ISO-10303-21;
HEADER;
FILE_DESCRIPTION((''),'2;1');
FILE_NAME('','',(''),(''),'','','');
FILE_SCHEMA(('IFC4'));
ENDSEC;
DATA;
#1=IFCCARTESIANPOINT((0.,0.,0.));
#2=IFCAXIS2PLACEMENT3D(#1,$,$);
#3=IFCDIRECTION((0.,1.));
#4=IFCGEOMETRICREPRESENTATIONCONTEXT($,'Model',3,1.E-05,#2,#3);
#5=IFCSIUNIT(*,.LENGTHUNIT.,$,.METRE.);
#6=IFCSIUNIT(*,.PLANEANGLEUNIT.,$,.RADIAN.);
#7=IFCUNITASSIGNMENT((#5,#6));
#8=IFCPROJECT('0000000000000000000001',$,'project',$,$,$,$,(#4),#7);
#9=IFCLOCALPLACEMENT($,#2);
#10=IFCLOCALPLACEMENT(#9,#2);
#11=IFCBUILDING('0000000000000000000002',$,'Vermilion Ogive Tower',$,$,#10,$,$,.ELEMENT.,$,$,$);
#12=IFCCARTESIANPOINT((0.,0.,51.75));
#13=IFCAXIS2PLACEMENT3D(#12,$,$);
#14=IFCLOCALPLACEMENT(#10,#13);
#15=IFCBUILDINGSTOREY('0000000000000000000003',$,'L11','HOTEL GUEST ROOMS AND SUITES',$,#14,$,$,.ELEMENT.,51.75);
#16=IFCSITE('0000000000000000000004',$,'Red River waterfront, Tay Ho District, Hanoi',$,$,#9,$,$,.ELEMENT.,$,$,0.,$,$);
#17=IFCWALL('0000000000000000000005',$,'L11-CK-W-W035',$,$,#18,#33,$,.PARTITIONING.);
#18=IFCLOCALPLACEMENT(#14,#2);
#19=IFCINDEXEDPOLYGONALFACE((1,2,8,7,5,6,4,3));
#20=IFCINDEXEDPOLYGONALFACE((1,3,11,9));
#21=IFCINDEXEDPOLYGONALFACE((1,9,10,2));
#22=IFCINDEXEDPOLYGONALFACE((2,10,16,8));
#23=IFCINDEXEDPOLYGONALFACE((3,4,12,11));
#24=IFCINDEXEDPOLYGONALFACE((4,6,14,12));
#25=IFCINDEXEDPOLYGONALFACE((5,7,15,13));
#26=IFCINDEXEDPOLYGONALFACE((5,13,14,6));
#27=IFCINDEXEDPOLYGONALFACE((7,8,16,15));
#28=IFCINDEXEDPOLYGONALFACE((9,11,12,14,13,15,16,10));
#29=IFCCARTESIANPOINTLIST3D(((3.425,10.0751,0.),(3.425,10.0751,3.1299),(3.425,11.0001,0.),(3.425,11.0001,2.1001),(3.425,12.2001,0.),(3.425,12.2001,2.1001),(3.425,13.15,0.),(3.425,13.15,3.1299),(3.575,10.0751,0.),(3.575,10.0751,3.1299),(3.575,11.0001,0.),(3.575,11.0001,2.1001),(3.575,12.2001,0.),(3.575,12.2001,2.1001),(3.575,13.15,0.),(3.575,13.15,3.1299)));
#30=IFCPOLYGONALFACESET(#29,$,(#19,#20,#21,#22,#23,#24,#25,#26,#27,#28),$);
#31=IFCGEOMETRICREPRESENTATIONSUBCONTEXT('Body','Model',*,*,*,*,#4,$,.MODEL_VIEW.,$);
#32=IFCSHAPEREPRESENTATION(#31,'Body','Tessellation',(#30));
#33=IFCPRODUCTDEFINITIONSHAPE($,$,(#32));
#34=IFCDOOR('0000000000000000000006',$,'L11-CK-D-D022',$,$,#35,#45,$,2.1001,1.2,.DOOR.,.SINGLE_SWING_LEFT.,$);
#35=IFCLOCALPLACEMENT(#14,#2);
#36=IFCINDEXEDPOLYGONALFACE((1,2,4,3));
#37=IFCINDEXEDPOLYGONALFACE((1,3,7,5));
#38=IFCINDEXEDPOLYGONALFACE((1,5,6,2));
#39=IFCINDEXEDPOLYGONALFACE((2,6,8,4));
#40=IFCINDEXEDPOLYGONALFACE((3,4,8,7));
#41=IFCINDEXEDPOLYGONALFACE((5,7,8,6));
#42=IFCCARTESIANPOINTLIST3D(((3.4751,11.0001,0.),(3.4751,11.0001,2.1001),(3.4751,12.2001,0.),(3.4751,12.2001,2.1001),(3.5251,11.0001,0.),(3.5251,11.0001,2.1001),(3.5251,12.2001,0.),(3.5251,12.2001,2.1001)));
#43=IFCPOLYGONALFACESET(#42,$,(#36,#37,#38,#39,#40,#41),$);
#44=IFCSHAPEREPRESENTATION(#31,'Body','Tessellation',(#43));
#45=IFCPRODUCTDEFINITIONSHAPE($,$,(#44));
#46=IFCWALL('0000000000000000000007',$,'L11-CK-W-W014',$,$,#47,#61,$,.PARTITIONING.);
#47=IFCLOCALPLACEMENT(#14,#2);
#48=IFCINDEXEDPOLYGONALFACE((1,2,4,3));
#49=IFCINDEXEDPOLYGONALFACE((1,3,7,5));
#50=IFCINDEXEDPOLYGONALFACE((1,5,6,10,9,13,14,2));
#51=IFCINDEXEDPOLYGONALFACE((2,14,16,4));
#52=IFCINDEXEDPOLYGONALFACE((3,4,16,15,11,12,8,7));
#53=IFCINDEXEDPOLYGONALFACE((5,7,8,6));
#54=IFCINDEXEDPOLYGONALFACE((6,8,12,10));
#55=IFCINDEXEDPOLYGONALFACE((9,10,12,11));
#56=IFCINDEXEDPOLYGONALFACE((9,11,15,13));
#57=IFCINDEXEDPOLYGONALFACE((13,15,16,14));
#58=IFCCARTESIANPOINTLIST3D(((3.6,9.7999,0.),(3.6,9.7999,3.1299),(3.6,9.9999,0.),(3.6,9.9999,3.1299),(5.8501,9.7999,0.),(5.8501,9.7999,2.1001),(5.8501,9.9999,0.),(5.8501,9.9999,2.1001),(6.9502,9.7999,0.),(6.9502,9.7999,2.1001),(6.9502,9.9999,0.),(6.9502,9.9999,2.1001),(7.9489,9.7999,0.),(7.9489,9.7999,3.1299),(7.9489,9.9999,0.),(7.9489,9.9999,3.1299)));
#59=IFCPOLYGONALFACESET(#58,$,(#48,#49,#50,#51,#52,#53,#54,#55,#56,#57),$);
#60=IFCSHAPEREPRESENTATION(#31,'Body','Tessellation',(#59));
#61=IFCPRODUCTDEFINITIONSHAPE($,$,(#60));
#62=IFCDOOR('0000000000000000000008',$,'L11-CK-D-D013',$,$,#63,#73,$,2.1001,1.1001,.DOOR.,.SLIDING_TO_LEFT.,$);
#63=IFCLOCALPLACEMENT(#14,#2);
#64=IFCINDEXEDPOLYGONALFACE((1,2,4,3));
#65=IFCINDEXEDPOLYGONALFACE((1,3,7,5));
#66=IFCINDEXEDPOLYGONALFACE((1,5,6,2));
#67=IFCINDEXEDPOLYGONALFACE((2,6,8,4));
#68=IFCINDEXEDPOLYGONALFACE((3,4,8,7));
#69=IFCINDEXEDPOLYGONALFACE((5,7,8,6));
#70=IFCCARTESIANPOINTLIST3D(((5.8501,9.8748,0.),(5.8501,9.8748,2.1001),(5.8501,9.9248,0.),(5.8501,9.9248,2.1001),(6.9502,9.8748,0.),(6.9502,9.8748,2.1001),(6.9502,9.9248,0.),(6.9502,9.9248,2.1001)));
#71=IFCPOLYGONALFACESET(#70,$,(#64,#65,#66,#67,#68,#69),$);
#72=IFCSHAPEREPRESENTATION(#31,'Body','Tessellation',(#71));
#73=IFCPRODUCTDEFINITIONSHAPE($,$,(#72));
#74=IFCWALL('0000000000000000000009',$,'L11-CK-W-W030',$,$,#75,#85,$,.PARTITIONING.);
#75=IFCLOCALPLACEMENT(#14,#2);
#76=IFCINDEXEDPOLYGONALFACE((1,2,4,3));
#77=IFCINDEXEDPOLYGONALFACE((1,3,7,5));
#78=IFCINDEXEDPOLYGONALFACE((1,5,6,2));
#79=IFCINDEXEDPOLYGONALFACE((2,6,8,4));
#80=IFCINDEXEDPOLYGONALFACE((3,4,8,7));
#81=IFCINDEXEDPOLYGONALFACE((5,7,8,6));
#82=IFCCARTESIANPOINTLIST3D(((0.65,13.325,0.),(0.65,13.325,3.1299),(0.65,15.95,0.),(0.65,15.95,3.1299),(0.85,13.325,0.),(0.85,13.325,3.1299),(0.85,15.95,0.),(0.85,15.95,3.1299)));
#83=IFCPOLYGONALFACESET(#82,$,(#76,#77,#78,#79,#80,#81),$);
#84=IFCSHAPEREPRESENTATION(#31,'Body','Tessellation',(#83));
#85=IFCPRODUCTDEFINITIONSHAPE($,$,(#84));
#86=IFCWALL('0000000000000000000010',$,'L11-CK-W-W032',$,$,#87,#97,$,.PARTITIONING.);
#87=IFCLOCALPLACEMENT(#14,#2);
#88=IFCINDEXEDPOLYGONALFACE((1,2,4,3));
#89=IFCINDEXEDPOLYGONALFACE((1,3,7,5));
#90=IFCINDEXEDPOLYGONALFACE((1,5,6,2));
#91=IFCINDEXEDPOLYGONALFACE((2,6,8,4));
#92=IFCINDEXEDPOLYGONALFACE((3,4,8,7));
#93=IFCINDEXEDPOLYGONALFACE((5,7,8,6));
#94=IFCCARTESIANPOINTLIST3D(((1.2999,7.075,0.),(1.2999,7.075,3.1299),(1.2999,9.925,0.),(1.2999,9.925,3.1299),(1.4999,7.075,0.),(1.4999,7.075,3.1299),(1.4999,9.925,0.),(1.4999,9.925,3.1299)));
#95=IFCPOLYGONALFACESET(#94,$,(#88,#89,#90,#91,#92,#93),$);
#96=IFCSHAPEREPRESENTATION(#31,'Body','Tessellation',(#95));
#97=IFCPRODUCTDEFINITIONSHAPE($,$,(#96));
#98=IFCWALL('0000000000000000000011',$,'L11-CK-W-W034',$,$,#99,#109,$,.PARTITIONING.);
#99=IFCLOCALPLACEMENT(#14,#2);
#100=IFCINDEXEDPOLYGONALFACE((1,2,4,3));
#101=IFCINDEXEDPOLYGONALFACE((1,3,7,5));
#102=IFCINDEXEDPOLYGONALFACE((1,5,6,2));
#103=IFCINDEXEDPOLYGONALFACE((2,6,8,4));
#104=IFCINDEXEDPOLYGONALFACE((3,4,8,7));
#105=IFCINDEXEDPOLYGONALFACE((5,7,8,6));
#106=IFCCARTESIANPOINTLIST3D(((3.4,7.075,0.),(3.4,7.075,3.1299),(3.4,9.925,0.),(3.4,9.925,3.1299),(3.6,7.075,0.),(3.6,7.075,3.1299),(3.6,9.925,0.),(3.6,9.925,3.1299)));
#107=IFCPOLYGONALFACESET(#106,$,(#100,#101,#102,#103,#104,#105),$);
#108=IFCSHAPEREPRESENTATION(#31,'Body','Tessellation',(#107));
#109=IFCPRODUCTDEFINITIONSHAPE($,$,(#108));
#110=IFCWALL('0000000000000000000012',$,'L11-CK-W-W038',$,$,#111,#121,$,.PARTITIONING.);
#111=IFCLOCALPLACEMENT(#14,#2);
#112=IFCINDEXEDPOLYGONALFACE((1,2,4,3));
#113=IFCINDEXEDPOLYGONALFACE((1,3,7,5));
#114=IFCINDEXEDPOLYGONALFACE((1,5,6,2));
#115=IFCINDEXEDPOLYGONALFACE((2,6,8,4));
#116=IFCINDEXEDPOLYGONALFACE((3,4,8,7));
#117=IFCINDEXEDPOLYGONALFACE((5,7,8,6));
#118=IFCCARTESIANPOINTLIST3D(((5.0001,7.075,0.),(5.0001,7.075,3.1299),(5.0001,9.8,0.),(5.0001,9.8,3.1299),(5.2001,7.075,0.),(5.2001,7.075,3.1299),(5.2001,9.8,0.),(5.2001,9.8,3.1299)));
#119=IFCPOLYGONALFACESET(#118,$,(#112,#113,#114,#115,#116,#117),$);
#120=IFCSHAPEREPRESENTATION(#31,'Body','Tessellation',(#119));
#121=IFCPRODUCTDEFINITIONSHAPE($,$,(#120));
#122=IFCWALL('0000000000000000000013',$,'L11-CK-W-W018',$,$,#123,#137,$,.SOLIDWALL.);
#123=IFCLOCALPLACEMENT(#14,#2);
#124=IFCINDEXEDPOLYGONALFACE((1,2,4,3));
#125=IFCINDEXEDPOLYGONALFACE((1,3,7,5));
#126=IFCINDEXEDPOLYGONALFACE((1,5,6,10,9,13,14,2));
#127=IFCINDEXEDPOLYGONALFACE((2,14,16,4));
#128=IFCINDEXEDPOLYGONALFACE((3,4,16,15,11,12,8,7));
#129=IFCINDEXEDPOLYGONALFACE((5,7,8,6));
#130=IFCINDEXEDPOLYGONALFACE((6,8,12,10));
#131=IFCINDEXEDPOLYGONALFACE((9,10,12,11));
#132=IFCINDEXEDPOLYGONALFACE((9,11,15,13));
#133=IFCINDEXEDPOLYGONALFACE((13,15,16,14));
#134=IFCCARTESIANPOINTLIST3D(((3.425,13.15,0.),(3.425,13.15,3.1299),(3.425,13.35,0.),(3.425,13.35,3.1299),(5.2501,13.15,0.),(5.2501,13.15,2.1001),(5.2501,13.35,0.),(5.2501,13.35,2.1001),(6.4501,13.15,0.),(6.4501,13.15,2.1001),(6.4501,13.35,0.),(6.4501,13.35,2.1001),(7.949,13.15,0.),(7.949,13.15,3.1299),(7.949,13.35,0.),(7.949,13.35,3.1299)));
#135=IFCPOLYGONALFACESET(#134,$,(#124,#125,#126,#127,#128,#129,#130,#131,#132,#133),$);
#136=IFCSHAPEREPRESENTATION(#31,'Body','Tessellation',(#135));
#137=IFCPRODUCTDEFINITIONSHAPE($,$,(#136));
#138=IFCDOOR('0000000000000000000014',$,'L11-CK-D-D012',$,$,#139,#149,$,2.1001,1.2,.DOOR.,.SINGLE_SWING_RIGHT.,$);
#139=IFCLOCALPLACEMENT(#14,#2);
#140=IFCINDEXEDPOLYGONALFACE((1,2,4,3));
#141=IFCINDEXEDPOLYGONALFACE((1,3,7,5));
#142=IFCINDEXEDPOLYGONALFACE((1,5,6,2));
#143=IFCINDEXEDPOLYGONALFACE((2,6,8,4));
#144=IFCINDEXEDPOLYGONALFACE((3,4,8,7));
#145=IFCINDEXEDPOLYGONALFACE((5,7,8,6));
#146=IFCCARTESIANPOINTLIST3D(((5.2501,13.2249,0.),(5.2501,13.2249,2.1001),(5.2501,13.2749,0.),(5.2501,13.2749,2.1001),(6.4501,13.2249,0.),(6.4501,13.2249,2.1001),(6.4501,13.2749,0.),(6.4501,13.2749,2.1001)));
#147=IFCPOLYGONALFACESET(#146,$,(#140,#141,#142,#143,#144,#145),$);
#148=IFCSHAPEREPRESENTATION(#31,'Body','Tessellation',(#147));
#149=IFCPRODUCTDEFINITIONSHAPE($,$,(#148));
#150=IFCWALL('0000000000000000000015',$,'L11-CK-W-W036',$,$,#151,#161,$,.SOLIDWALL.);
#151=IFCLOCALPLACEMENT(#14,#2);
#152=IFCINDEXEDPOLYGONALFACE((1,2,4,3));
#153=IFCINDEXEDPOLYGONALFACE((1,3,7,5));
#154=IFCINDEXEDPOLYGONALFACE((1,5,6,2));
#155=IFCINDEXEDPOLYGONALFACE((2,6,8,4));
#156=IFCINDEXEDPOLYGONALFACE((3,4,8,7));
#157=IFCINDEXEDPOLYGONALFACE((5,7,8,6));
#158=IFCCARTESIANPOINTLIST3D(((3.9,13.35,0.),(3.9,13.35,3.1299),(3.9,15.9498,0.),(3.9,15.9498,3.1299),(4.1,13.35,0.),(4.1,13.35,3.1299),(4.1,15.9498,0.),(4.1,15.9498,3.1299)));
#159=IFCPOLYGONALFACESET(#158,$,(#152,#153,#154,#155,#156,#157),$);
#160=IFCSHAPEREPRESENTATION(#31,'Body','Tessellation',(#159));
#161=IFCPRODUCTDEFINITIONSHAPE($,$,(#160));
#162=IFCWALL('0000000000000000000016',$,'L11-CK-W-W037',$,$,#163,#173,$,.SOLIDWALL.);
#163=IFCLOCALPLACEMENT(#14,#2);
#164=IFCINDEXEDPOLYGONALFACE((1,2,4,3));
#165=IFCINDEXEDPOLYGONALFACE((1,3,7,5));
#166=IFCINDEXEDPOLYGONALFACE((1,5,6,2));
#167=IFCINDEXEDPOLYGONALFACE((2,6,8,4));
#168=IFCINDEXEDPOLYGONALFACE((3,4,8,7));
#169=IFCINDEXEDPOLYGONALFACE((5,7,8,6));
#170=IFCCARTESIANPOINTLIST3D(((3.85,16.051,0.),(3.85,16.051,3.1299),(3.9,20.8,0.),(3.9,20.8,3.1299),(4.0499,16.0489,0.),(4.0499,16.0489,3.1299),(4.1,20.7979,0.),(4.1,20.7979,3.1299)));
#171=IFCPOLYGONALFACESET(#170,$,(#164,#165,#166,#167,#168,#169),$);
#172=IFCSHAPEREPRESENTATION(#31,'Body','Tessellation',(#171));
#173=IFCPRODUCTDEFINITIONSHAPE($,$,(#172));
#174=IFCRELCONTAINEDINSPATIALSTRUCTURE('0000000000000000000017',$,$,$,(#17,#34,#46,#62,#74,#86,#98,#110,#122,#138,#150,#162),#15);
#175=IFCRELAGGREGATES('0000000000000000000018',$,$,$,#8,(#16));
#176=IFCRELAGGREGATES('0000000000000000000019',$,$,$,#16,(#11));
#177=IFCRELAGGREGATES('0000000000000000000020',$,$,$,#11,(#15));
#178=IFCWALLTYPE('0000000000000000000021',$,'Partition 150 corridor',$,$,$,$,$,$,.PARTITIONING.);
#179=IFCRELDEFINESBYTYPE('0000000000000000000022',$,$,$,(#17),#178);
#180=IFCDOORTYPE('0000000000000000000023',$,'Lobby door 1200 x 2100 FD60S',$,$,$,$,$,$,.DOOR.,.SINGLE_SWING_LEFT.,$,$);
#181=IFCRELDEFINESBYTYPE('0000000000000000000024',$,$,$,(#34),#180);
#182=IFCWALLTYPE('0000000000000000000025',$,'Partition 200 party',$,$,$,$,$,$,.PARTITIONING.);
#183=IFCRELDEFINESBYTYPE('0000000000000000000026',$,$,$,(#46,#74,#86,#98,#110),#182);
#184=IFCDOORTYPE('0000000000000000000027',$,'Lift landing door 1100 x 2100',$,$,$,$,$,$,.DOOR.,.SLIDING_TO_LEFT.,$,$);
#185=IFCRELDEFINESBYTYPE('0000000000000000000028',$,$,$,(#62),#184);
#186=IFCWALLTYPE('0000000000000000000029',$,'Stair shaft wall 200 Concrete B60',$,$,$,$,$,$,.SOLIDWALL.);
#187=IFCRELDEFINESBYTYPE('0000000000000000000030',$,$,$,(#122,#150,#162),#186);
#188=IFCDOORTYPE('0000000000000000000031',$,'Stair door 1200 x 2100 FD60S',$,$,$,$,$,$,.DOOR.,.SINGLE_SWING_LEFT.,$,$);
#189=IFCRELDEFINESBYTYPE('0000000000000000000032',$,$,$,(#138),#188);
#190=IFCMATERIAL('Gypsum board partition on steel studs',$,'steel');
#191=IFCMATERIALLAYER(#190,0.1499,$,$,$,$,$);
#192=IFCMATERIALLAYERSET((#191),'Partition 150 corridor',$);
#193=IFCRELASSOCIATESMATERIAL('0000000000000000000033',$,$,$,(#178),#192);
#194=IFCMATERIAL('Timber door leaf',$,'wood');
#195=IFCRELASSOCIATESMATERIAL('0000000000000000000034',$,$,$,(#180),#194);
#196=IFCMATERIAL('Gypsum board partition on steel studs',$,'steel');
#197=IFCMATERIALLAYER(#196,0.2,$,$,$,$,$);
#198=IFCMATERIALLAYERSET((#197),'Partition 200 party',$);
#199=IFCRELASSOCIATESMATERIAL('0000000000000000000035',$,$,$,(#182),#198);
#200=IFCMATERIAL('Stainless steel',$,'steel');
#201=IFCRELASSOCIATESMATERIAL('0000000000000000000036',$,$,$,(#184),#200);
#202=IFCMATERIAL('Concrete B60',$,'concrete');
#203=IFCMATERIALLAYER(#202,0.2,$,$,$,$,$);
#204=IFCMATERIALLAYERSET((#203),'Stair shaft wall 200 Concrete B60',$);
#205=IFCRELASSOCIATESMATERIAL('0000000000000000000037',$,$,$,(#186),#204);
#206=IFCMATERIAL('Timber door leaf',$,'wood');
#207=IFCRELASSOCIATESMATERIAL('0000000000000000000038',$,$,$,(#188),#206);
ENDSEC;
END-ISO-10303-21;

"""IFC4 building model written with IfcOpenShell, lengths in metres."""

from ifc_helpers import new_model, si_unit, direction, frame, frame_2d, origin, place, context, subcontext, project, spatial, rectangle, extrude, material, layer, layer_set, type_object, element, fill, save


model = new_model("IFC4")

# Units and contexts
model_context = context("Model", 3, precision=1e-05, world=origin(), true_north=direction((0.0, 1.0)))
body_context = subcontext(model_context, "Body", "Model", "MODEL_VIEW")
ifc_project = project(units=[si_unit("LENGTHUNIT", "METRE"), si_unit("PLANEANGLEUNIT", "RADIAN")], contexts=[model_context])

# Site, building, storey
site_placement = place(None, origin())
site = spatial("IfcSite", under=ifc_project, at=site_placement, Name="Red River waterfront, Tay Ho District, Hanoi", CompositionType="ELEMENT", RefElevation=0.0)
building_placement = place(site_placement, origin())
building = spatial("IfcBuilding", under=site, at=building_placement, Name="Vermilion Ogive Tower", CompositionType="ELEMENT")
storey_placement = place(building_placement, frame((0.0, 0.0, 51.75)))
storey = spatial("IfcBuildingStorey", under=building, at=storey_placement, Name="L11", Description="HOTEL GUEST ROOMS AND SUITES", CompositionType="ELEMENT", Elevation=51.75)

# Shared definitions
ifc_material_1 = material(Name="Gypsum board partition on steel studs", Category="steel")
ifc_layer_1 = layer(ifc_material_1, 0.1499)
ifc_layer_set_1 = layer_set([ifc_layer_1], Name="Partition 150 corridor")
wall_type_1 = type_object("IfcWallType", Name="Partition 150 corridor", PredefinedType="PARTITIONING", material=ifc_layer_set_1)

# Walls, openings, doors
wall_1_placement = place(storey_placement, frame((3.5, 10.075, 0.0), z_axis=(0.0, 0.0, 1.0), x_axis=(0.0, 1.0, 0.0)))
wall_1 = element("IfcWall", 1, at=wall_1_placement, inside=storey, type_object=wall_type_1, Name="L11-CK-W-W035", PredefinedType="PARTITIONING", context=body_context, shape_type="SweptSolid", body=[
    extrude(rectangle(XDim=3.075, YDim=0.1499, at=frame_2d((1.5376, 0.0))), origin(), (0.0, 0.0, 1.0), 3.1299),
])
opening_1_placement = place(wall_1_placement, frame((0.925, 0.0, 0.0)))
opening_1 = element("IfcOpeningElement", 2, at=opening_1_placement, cuts=wall_1, PredefinedType="OPENING", context=body_context, shape_type="SweptSolid", body=[
    extrude(rectangle(XDim=1.2, YDim=2.1001, at=frame_2d((0.6001, 1.05))), frame((0.0, 0.085, 0.0), z_axis=(0.0, -1.0, 0.0), x_axis=(1.0, 0.0, 0.0)), (0.0, 0.0, 1.0), 0.1699),
])
ifc_material_2 = material(Name="Timber door leaf", Category="wood")
door_type_1 = type_object("IfcDoorType", Name="Lobby door 1200 x 2100 FD60S", OperationType="SINGLE_SWING_LEFT", PredefinedType="DOOR", material=ifc_material_2)
door_1_placement = place(opening_1_placement, origin())
door_1 = element("IfcDoor", 3, at=door_1_placement, inside=storey, type_object=door_type_1, Name="L11-CK-D-D022", OperationType="SINGLE_SWING_LEFT", OverallHeight=2.1001, OverallWidth=1.2, PredefinedType="DOOR", context=body_context, shape_type="SweptSolid", body=[
    extrude(rectangle(XDim=1.2, YDim=2.1001, at=frame_2d((0.6001, 1.05))), frame((0.0, 0.0249, 0.0), z_axis=(0.0, -1.0, 0.0), x_axis=(1.0, 0.0, 0.0)), (0.0, 0.0, 1.0), 0.05),
])
fill(opening_1, door_1)
ifc_material_3 = material(Name="Gypsum board partition on steel studs", Category="steel")
ifc_layer_2 = layer(ifc_material_3, 0.2)
ifc_layer_set_2 = layer_set([ifc_layer_2], Name="Partition 200 party")
wall_type_2 = type_object("IfcWallType", Name="Partition 200 party", PredefinedType="PARTITIONING", material=ifc_layer_set_2)
wall_2_placement = place(storey_placement, frame((3.6001, 9.8999, 0.0), z_axis=(0.0, 0.0, 1.0), x_axis=(1.0, 0.0, 0.0)))
wall_2 = element("IfcWall", 4, at=wall_2_placement, inside=storey, type_object=wall_type_2, Name="L11-CK-W-W014", PredefinedType="PARTITIONING", context=body_context, shape_type="SweptSolid", body=[
    extrude(rectangle(XDim=4.3489, YDim=0.2, at=frame_2d((2.1743, 0.0))), origin(), (0.0, 0.0, 1.0), 3.1299),
])
opening_2_placement = place(wall_2_placement, frame((2.25, 0.0, 0.0)))
opening_2 = element("IfcOpeningElement", 5, at=opening_2_placement, cuts=wall_2, PredefinedType="OPENING", context=body_context, shape_type="SweptSolid", body=[
    extrude(rectangle(XDim=1.1001, YDim=2.1001, at=frame_2d((0.55, 1.05))), frame((0.0, 0.1099, 0.0), z_axis=(0.0, -1.0, 0.0), x_axis=(1.0, 0.0, 0.0)), (0.0, 0.0, 1.0), 0.22),
])
ifc_material_4 = material(Name="Stainless steel", Category="steel")
door_type_2 = type_object("IfcDoorType", Name="Lift landing door 1100 x 2100", OperationType="SLIDING_TO_LEFT", PredefinedType="DOOR", material=ifc_material_4)
door_2_placement = place(opening_2_placement, origin())
door_2 = element("IfcDoor", 6, at=door_2_placement, inside=storey, type_object=door_type_2, Name="L11-CK-D-D013", OperationType="SLIDING_TO_LEFT", OverallHeight=2.1001, OverallWidth=1.1001, PredefinedType="DOOR", context=body_context, shape_type="SweptSolid", body=[
    extrude(rectangle(XDim=1.1001, YDim=2.1001, at=frame_2d((0.55, 1.05))), frame((0.0, 0.0249, 0.0), z_axis=(0.0, -1.0, 0.0), x_axis=(1.0, 0.0, 0.0)), (0.0, 0.0, 1.0), 0.05),
])
fill(opening_2, door_2)

# Walls
wall_3_placement = place(storey_placement, frame((0.75, 13.325, 0.0), z_axis=(0.0, 0.0, 1.0), x_axis=(0.0, 1.0, 0.0)))
element("IfcWall", 7, at=wall_3_placement, inside=storey, type_object=wall_type_2, Name="L11-CK-W-W030", PredefinedType="PARTITIONING", context=body_context, shape_type="SweptSolid", body=[
    extrude(rectangle(XDim=2.625, YDim=0.2, at=frame_2d((1.3125, 0.0))), origin(), (0.0, 0.0, 1.0), 3.1299),
])
for number, where, z_axis, x_axis, name in (
    (8, (1.3999, 7.075, 0.0), (0.0, 0.0, 1.0), (0.0, 1.0, 0.0), "L11-CK-W-W032"),
    (9, (3.5, 7.075, 0.0), (0.0, 0.0, 1.0), (0.0, 1.0, 0.0), "L11-CK-W-W034"),
):
    element("IfcWall", number, at=place(storey_placement, frame(where, z_axis=z_axis, x_axis=x_axis)), inside=storey, type_object=wall_type_2, Name=name, PredefinedType="PARTITIONING", context=body_context, shape_type="SweptSolid", body=[
        extrude(rectangle(XDim=2.8501, YDim=0.2, at=frame_2d((1.425, 0.0))), origin(), (0.0, 0.0, 1.0), 3.1299),
    ])
wall_4_placement = place(storey_placement, frame((5.1001, 7.075, 0.0), z_axis=(0.0, 0.0, 1.0), x_axis=(0.0, 1.0, 0.0)))
element("IfcWall", 10, at=wall_4_placement, inside=storey, type_object=wall_type_2, Name="L11-CK-W-W038", PredefinedType="PARTITIONING", context=body_context, shape_type="SweptSolid", body=[
    extrude(rectangle(XDim=2.7251, YDim=0.2, at=frame_2d((1.3625, 0.0))), origin(), (0.0, 0.0, 1.0), 3.1299),
])

# Wall, opening, door
ifc_material_5 = material(Name="Concrete B60", Category="concrete")
ifc_layer_3 = layer(ifc_material_5, 0.2)
ifc_layer_set_3 = layer_set([ifc_layer_3], Name="Stair shaft wall 200 Concrete B60")
wall_type_3 = type_object("IfcWallType", Name="Stair shaft wall 200 Concrete B60", PredefinedType="SOLIDWALL", material=ifc_layer_set_3)
wall_5_placement = place(storey_placement, frame((3.425, 13.25, 0.0), z_axis=(0.0, 0.0, 1.0), x_axis=(1.0, 0.0, 0.0)))
wall_5 = element("IfcWall", 11, at=wall_5_placement, inside=storey, type_object=wall_type_3, Name="L11-CK-W-W018", PredefinedType="SOLIDWALL", context=body_context, shape_type="SweptSolid", body=[
    extrude(rectangle(XDim=4.5239, YDim=0.2, at=frame_2d((2.262, 0.0))), origin(), (0.0, 0.0, 1.0), 3.1299),
])
opening_3_placement = place(wall_5_placement, frame((1.825, 0.0, 0.0)))
opening_3 = element("IfcOpeningElement", 12, at=opening_3_placement, cuts=wall_5, PredefinedType="OPENING", context=body_context, shape_type="SweptSolid", body=[
    extrude(rectangle(XDim=1.2, YDim=2.1001, at=frame_2d((0.6001, 1.05))), frame((0.0, 0.1099, 0.0), z_axis=(0.0, -1.0, 0.0), x_axis=(1.0, 0.0, 0.0)), (0.0, 0.0, 1.0), 0.22),
])
ifc_material_6 = material(Name="Timber door leaf", Category="wood")
door_type_3 = type_object("IfcDoorType", Name="Stair door 1200 x 2100 FD60S", OperationType="SINGLE_SWING_LEFT", PredefinedType="DOOR", material=ifc_material_6)
door_3_placement = place(opening_3_placement, origin())
door_3 = element("IfcDoor", 13, at=door_3_placement, inside=storey, type_object=door_type_3, Name="L11-CK-D-D012", OperationType="SINGLE_SWING_RIGHT", OverallHeight=2.1001, OverallWidth=1.2, PredefinedType="DOOR", context=body_context, shape_type="SweptSolid", body=[
    extrude(rectangle(XDim=1.2, YDim=2.1001, at=frame_2d((0.6001, 1.05))), frame((0.0, 0.0249, 0.0), z_axis=(0.0, -1.0, 0.0), x_axis=(1.0, 0.0, 0.0)), (0.0, 0.0, 1.0), 0.05),
])
fill(opening_3, door_3)

# Walls
wall_6_placement = place(storey_placement, frame((4.0, 13.3501, 0.0), z_axis=(0.0, 0.0, 1.0), x_axis=(0.0, 1.0, 0.0)))
element("IfcWall", 14, at=wall_6_placement, inside=storey, type_object=wall_type_3, Name="L11-CK-W-W036", PredefinedType="SOLIDWALL", context=body_context, shape_type="SweptSolid", body=[
    extrude(rectangle(XDim=2.5999, YDim=0.2, at=frame_2d((1.2998, 0.0))), origin(), (0.0, 0.0, 1.0), 3.1299),
])
wall_7_placement = place(storey_placement, frame((3.95, 16.05, 0.0), z_axis=(0.0, 0.0, 1.0), x_axis=(0.010538, 0.999944, 0.0)))
element("IfcWall", 15, at=wall_7_placement, inside=storey, type_object=wall_type_3, Name="L11-CK-W-W037", PredefinedType="SOLIDWALL", context=body_context, shape_type="SweptSolid", body=[
    extrude(rectangle(XDim=4.7493, YDim=0.2, at=frame_2d((2.3745, 0.0))), origin(), (0.0, 0.0, 1.0), 3.1299),
])

save(model, "model.ifc")
